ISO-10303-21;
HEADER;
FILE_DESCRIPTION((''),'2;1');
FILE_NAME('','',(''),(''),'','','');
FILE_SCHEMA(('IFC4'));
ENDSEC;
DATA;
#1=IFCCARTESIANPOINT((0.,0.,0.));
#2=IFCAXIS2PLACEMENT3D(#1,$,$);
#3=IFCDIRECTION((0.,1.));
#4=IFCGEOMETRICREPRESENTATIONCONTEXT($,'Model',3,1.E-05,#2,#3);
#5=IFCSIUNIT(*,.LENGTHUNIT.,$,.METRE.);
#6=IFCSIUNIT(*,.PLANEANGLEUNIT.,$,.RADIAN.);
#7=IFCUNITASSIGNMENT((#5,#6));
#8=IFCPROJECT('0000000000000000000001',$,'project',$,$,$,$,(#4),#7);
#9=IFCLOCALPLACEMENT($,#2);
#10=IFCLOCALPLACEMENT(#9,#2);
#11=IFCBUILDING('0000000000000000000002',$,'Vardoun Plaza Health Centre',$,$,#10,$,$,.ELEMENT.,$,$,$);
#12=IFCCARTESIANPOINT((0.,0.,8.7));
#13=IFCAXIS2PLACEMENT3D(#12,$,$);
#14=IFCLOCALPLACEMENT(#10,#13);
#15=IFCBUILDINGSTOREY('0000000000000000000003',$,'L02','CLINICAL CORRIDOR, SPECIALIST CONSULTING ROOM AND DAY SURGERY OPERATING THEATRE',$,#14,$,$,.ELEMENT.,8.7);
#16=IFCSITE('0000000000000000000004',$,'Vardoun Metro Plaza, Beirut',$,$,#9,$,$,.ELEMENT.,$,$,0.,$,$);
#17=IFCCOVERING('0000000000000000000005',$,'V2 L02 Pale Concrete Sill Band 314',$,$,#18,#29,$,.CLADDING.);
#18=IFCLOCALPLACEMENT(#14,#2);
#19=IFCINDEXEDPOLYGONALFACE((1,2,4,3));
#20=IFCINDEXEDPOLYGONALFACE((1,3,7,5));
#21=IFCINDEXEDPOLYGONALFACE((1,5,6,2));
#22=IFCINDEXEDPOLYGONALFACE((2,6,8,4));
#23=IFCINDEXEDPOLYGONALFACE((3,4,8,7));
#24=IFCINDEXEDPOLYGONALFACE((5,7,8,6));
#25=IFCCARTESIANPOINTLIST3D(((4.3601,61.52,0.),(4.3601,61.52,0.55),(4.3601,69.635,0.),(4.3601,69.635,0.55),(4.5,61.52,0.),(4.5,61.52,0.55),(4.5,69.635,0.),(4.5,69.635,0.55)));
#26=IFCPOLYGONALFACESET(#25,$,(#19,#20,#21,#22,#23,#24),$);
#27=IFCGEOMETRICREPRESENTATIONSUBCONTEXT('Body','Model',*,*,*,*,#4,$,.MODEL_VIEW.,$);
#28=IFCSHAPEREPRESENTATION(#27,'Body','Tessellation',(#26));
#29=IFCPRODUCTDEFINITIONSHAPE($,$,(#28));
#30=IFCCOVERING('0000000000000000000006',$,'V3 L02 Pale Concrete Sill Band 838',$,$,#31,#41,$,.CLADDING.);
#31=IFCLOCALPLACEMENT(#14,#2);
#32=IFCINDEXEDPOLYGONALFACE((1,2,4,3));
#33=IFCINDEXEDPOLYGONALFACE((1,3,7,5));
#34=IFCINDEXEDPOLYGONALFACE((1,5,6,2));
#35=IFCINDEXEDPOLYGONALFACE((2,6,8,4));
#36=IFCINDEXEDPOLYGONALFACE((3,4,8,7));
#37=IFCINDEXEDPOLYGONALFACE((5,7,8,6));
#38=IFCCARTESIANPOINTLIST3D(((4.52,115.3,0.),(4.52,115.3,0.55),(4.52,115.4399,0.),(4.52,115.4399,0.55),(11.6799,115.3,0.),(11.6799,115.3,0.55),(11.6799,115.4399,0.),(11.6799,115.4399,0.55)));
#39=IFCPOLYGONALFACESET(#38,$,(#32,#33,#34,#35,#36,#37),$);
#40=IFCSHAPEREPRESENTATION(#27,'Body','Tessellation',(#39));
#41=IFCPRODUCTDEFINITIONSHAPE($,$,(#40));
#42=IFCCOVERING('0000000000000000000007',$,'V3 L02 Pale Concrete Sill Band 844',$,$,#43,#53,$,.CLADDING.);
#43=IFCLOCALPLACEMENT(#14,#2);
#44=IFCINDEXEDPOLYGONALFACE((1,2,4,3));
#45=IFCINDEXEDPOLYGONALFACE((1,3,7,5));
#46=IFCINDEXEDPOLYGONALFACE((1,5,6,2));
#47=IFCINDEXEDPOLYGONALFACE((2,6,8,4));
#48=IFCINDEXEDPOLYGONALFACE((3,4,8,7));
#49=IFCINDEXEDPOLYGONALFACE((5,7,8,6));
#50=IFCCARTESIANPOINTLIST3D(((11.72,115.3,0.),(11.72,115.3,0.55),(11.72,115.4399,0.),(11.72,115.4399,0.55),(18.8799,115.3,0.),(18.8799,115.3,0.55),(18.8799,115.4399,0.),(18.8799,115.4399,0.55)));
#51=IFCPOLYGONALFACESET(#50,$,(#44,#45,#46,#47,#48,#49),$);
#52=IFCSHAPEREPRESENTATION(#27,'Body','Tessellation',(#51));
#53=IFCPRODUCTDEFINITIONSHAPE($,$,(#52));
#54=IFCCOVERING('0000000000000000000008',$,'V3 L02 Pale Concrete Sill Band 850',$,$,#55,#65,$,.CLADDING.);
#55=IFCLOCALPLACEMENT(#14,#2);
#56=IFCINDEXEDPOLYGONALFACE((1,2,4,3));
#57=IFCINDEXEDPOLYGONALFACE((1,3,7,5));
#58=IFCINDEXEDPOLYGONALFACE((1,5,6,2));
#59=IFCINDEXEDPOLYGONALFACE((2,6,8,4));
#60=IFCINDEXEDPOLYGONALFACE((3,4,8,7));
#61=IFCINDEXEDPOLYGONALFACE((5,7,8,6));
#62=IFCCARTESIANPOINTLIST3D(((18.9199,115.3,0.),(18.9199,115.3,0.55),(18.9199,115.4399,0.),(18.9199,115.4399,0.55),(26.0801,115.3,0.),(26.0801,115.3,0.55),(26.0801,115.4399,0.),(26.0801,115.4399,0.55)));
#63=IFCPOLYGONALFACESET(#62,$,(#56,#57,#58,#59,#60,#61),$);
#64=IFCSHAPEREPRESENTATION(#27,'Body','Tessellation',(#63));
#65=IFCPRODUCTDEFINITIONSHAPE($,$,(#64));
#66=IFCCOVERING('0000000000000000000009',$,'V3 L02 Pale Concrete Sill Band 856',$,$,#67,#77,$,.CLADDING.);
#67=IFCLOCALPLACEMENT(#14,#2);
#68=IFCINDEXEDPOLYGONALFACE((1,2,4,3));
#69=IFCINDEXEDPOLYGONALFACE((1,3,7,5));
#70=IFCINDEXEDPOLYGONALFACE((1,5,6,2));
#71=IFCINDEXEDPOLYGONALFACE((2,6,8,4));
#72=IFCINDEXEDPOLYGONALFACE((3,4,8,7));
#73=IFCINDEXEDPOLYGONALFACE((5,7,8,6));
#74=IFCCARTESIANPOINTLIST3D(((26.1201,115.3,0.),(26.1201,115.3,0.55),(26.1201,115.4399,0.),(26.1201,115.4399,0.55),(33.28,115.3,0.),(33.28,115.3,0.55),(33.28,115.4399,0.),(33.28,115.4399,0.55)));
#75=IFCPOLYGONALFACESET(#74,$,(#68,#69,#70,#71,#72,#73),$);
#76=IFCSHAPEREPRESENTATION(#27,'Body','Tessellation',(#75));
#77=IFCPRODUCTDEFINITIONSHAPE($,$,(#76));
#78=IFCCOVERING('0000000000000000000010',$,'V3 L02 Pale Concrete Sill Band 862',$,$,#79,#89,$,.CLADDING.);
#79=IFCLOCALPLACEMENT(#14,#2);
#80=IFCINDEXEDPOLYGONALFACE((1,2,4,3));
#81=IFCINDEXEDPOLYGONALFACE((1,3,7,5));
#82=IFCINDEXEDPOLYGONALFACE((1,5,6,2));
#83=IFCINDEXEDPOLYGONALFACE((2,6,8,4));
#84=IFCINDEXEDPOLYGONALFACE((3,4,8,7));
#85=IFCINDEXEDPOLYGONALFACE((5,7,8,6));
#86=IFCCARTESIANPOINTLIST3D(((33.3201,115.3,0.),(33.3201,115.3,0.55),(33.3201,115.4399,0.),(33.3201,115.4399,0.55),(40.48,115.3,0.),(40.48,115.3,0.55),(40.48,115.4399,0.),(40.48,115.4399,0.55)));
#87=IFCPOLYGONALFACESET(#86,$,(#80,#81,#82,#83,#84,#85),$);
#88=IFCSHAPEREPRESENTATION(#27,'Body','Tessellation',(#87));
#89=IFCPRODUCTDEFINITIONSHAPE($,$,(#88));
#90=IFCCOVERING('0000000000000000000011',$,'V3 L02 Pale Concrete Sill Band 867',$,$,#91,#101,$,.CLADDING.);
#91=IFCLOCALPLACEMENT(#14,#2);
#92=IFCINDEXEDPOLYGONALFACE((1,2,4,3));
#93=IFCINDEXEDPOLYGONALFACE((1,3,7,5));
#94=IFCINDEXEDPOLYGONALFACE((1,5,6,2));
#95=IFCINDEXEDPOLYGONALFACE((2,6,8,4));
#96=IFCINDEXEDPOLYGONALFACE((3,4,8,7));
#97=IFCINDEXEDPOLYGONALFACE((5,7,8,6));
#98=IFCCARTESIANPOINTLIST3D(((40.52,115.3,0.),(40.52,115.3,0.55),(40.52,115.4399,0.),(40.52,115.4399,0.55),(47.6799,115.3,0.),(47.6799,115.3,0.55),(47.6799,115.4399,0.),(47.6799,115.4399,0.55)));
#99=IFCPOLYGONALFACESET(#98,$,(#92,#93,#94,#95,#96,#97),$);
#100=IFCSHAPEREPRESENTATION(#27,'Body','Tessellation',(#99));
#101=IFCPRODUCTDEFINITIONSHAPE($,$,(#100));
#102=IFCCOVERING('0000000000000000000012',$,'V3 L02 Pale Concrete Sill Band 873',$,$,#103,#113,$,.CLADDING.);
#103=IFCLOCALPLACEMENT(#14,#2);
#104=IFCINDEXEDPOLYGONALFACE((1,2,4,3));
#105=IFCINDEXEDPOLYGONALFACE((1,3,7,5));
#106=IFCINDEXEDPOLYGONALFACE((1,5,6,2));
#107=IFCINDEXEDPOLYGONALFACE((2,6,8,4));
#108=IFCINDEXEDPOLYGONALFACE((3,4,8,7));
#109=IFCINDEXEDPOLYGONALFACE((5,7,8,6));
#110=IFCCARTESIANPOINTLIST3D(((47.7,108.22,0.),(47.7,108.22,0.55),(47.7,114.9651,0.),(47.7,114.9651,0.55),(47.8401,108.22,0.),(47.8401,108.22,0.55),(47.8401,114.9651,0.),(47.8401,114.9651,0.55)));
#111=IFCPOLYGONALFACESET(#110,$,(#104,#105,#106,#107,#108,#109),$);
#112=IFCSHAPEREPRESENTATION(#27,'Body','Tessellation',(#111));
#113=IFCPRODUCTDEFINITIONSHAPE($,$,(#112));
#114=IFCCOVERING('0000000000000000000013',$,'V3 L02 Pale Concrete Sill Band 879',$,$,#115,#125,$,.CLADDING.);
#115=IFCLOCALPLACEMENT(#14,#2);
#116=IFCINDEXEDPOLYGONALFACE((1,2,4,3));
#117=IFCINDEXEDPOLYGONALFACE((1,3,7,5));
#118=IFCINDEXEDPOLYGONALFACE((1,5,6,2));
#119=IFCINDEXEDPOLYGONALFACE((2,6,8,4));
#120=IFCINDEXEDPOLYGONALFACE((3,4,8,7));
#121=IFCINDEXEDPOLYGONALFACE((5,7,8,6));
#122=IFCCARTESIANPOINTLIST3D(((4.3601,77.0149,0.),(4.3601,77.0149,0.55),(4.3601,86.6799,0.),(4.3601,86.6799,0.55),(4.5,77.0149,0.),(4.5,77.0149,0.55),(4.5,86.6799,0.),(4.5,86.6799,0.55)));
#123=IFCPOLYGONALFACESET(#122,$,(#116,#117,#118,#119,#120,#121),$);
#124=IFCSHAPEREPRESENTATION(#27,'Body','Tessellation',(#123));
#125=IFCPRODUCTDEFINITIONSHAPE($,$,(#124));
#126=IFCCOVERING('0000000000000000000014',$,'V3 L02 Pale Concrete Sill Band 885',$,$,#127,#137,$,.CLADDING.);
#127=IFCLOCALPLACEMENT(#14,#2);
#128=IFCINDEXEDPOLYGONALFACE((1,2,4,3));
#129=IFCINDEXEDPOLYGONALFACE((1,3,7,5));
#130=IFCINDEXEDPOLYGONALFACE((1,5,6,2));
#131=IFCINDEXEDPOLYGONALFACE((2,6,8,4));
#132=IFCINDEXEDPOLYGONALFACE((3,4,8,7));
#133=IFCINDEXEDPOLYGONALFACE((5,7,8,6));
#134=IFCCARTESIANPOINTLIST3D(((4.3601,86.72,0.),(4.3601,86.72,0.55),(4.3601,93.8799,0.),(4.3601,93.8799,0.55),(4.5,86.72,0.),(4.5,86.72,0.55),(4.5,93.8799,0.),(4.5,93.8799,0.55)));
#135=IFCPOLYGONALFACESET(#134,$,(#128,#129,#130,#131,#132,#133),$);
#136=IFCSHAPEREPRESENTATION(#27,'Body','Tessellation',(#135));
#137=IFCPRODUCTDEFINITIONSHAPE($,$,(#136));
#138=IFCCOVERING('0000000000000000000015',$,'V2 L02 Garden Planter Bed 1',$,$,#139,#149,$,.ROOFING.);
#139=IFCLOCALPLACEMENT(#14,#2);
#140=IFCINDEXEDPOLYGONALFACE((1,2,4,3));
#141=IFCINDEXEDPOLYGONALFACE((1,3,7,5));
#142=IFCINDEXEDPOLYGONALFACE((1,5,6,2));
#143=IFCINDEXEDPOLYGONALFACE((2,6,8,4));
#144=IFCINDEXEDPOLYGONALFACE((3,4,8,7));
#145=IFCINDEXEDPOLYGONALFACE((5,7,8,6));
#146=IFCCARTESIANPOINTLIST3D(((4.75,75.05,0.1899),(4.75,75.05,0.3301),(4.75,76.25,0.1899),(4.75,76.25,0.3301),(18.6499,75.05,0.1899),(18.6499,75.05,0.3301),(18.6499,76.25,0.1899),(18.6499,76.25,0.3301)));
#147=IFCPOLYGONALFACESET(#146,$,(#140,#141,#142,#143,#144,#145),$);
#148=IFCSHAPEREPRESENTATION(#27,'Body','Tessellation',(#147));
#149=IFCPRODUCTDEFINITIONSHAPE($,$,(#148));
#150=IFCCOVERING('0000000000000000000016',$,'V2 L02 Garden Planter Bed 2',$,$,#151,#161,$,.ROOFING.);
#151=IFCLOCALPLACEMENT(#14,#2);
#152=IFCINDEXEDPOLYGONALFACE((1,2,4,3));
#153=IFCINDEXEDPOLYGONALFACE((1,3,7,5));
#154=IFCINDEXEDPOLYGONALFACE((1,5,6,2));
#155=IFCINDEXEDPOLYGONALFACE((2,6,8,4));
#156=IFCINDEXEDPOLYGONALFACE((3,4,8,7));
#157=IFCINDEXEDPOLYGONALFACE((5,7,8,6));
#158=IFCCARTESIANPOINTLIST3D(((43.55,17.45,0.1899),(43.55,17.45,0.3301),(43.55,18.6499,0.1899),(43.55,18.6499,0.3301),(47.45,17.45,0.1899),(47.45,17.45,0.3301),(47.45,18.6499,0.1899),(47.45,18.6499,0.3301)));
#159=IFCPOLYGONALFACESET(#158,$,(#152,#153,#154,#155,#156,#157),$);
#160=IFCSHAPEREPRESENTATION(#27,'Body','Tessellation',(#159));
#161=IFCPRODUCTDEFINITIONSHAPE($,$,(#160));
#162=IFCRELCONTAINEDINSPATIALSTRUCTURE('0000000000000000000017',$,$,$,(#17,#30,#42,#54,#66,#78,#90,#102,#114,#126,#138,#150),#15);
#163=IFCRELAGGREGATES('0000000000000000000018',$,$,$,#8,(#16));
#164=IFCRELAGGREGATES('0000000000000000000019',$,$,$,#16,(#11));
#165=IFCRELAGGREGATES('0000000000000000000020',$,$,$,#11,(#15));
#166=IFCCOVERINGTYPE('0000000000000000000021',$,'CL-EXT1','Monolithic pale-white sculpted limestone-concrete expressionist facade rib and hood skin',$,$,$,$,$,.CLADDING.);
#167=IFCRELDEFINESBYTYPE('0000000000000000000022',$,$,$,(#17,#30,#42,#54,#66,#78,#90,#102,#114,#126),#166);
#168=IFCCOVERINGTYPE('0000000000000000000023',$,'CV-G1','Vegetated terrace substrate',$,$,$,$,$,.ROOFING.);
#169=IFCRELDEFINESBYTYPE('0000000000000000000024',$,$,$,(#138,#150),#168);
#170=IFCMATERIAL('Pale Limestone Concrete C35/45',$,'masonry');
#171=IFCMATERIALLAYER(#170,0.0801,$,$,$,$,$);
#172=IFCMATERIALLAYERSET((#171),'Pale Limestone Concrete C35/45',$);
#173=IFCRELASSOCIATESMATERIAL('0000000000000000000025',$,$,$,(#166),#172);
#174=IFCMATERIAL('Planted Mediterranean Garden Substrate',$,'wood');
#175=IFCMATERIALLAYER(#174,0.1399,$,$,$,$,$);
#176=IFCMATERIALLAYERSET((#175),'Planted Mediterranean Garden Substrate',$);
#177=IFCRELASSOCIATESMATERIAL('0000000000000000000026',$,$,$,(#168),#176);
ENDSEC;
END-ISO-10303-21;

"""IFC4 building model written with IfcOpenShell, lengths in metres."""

from ifc_helpers import new_model, si_unit, direction, frame, origin, place, context, subcontext, project, spatial, polyline, outline, extrude, material, layer, layer_set, type_object, element, save


model = new_model("IFC4")

# Units and contexts
model_context = context("Model", 3, precision=1e-05, world=origin(), true_north=direction((0.0, 1.0)))
body_context = subcontext(model_context, "Body", "Model", "MODEL_VIEW")
ifc_project = project(units=[si_unit("LENGTHUNIT", "METRE"), si_unit("PLANEANGLEUNIT", "RADIAN")], contexts=[model_context])

# Site, building, storey
site_placement = place(None, origin())
site = spatial("IfcSite", under=ifc_project, at=site_placement, Name="Vardoun Metro Plaza, Beirut", CompositionType="ELEMENT", RefElevation=0.0)
building_placement = place(site_placement, origin())
building = spatial("IfcBuilding", under=site, at=building_placement, Name="Vardoun Plaza Health Centre", CompositionType="ELEMENT")
storey_placement = place(building_placement, frame((0.0, 0.0, 8.7)))
storey = spatial("IfcBuildingStorey", under=building, at=storey_placement, Name="L02", Description="CLINICAL CORRIDOR, SPECIALIST CONSULTING ROOM AND DAY SURGERY OPERATING THEATRE", CompositionType="ELEMENT", Elevation=8.7)

# Coverings
ifc_material_1 = material(Name="Pale Limestone Concrete C35/45", Category="masonry")
ifc_layer_1 = layer(ifc_material_1, 0.0801)
ifc_layer_set_1 = layer_set([ifc_layer_1], Name="Pale Limestone Concrete C35/45")
covering_type_1 = type_object("IfcCoveringType", Name="CL-EXT1", Description="Monolithic pale-white sculpted limestone-concrete expressionist facade rib and hood skin", PredefinedType="CLADDING", material=ifc_layer_set_1)
covering_1_placement = place(storey_placement, origin())
element("IfcCovering", 1, at=covering_1_placement, inside=storey, type_object=covering_type_1, Name="V2 L02 Pale Concrete Sill Band 314", PredefinedType="CLADDING", context=body_context, shape_type="SweptSolid", body=[
    extrude(outline(polyline([(4.5, 61.52), (4.5, 69.635), (4.3601, 69.635), (4.3601, 61.52), (4.5, 61.52)])), origin(), (0.0, 0.0, 1.0), 0.55),
])
covering_2_placement = place(storey_placement, origin())
element("IfcCovering", 2, at=covering_2_placement, inside=storey, type_object=covering_type_1, Name="V3 L02 Pale Concrete Sill Band 838", PredefinedType="CLADDING", context=body_context, shape_type="SweptSolid", body=[
    extrude(outline(polyline([(4.52, 115.3), (11.6799, 115.3), (11.6799, 115.4399), (4.52, 115.4399), (4.52, 115.3)])), origin(), (0.0, 0.0, 1.0), 0.55),
])
covering_3_placement = place(storey_placement, origin())
element("IfcCovering", 3, at=covering_3_placement, inside=storey, type_object=covering_type_1, Name="V3 L02 Pale Concrete Sill Band 844", PredefinedType="CLADDING", context=body_context, shape_type="SweptSolid", body=[
    extrude(outline(polyline([(11.72, 115.3), (18.8799, 115.3), (18.8799, 115.4399), (11.72, 115.4399), (11.72, 115.3)])), origin(), (0.0, 0.0, 1.0), 0.55),
])
covering_4_placement = place(storey_placement, origin())
element("IfcCovering", 4, at=covering_4_placement, inside=storey, type_object=covering_type_1, Name="V3 L02 Pale Concrete Sill Band 850", PredefinedType="CLADDING", context=body_context, shape_type="SweptSolid", body=[
    extrude(outline(polyline([(18.9199, 115.3), (26.0801, 115.3), (26.0801, 115.4399), (18.9199, 115.4399), (18.9199, 115.3)])), origin(), (0.0, 0.0, 1.0), 0.55),
])
covering_5_placement = place(storey_placement, origin())
element("IfcCovering", 5, at=covering_5_placement, inside=storey, type_object=covering_type_1, Name="V3 L02 Pale Concrete Sill Band 856", PredefinedType="CLADDING", context=body_context, shape_type="SweptSolid", body=[
    extrude(outline(polyline([(26.1201, 115.3), (33.28, 115.3), (33.28, 115.4399), (26.1201, 115.4399), (26.1201, 115.3)])), origin(), (0.0, 0.0, 1.0), 0.55),
])
covering_6_placement = place(storey_placement, origin())
element("IfcCovering", 6, at=covering_6_placement, inside=storey, type_object=covering_type_1, Name="V3 L02 Pale Concrete Sill Band 862", PredefinedType="CLADDING", context=body_context, shape_type="SweptSolid", body=[
    extrude(outline(polyline([(33.3201, 115.3), (40.48, 115.3), (40.48, 115.4399), (33.3201, 115.4399), (33.3201, 115.3)])), origin(), (0.0, 0.0, 1.0), 0.55),
])
covering_7_placement = place(storey_placement, origin())
element("IfcCovering", 7, at=covering_7_placement, inside=storey, type_object=covering_type_1, Name="V3 L02 Pale Concrete Sill Band 867", PredefinedType="CLADDING", context=body_context, shape_type="SweptSolid", body=[
    extrude(outline(polyline([(40.52, 115.3), (47.6799, 115.3), (47.6799, 115.4399), (40.52, 115.4399), (40.52, 115.3)])), origin(), (0.0, 0.0, 1.0), 0.55),
])
covering_8_placement = place(storey_placement, origin())
element("IfcCovering", 8, at=covering_8_placement, inside=storey, type_object=covering_type_1, Name="V3 L02 Pale Concrete Sill Band 873", PredefinedType="CLADDING", context=body_context, shape_type="SweptSolid", body=[
    extrude(outline(polyline([(47.7, 114.9651), (47.7, 108.22), (47.8401, 108.22), (47.8401, 114.9651), (47.7, 114.9651)])), origin(), (0.0, 0.0, 1.0), 0.55),
])
covering_9_placement = place(storey_placement, origin())
element("IfcCovering", 9, at=covering_9_placement, inside=storey, type_object=covering_type_1, Name="V3 L02 Pale Concrete Sill Band 879", PredefinedType="CLADDING", context=body_context, shape_type="SweptSolid", body=[
    extrude(outline(polyline([(4.5, 77.0149), (4.5, 86.6799), (4.3601, 86.6799), (4.3601, 77.0149), (4.5, 77.0149)])), origin(), (0.0, 0.0, 1.0), 0.55),
])
covering_10_placement = place(storey_placement, origin())
element("IfcCovering", 10, at=covering_10_placement, inside=storey, type_object=covering_type_1, Name="V3 L02 Pale Concrete Sill Band 885", PredefinedType="CLADDING", context=body_context, shape_type="SweptSolid", body=[
    extrude(outline(polyline([(4.5, 86.72), (4.5, 93.8799), (4.3601, 93.8799), (4.3601, 86.72), (4.5, 86.72)])), origin(), (0.0, 0.0, 1.0), 0.55),
])
ifc_material_2 = material(Name="Planted Mediterranean Garden Substrate", Category="wood")
ifc_layer_2 = layer(ifc_material_2, 0.1399)
ifc_layer_set_2 = layer_set([ifc_layer_2], Name="Planted Mediterranean Garden Substrate")
covering_type_2 = type_object("IfcCoveringType", Name="CV-G1", Description="Vegetated terrace substrate", PredefinedType="ROOFING", material=ifc_layer_set_2)
covering_11_placement = place(storey_placement, frame((0.0, 0.0, 0.1899)))
element("IfcCovering", 11, at=covering_11_placement, inside=storey, type_object=covering_type_2, Name="V2 L02 Garden Planter Bed 1", PredefinedType="ROOFING", context=body_context, shape_type="SweptSolid", body=[
    extrude(outline(polyline([(4.75, 75.05), (18.6499, 75.05), (18.6499, 76.25), (4.75, 76.25), (4.75, 75.05)])), origin(), (0.0, 0.0, 1.0), 0.1401),
])
covering_12_placement = place(storey_placement, frame((0.0, 0.0, 0.1899)))
element("IfcCovering", 12, at=covering_12_placement, inside=storey, type_object=covering_type_2, Name="V2 L02 Garden Planter Bed 2", PredefinedType="ROOFING", context=body_context, shape_type="SweptSolid", body=[
    extrude(outline(polyline([(43.55, 17.45), (47.45, 17.45), (47.45, 18.6499), (43.55, 18.6499), (43.55, 17.45)])), origin(), (0.0, 0.0, 1.0), 0.1401),
])

save(model, "model.ifc")
